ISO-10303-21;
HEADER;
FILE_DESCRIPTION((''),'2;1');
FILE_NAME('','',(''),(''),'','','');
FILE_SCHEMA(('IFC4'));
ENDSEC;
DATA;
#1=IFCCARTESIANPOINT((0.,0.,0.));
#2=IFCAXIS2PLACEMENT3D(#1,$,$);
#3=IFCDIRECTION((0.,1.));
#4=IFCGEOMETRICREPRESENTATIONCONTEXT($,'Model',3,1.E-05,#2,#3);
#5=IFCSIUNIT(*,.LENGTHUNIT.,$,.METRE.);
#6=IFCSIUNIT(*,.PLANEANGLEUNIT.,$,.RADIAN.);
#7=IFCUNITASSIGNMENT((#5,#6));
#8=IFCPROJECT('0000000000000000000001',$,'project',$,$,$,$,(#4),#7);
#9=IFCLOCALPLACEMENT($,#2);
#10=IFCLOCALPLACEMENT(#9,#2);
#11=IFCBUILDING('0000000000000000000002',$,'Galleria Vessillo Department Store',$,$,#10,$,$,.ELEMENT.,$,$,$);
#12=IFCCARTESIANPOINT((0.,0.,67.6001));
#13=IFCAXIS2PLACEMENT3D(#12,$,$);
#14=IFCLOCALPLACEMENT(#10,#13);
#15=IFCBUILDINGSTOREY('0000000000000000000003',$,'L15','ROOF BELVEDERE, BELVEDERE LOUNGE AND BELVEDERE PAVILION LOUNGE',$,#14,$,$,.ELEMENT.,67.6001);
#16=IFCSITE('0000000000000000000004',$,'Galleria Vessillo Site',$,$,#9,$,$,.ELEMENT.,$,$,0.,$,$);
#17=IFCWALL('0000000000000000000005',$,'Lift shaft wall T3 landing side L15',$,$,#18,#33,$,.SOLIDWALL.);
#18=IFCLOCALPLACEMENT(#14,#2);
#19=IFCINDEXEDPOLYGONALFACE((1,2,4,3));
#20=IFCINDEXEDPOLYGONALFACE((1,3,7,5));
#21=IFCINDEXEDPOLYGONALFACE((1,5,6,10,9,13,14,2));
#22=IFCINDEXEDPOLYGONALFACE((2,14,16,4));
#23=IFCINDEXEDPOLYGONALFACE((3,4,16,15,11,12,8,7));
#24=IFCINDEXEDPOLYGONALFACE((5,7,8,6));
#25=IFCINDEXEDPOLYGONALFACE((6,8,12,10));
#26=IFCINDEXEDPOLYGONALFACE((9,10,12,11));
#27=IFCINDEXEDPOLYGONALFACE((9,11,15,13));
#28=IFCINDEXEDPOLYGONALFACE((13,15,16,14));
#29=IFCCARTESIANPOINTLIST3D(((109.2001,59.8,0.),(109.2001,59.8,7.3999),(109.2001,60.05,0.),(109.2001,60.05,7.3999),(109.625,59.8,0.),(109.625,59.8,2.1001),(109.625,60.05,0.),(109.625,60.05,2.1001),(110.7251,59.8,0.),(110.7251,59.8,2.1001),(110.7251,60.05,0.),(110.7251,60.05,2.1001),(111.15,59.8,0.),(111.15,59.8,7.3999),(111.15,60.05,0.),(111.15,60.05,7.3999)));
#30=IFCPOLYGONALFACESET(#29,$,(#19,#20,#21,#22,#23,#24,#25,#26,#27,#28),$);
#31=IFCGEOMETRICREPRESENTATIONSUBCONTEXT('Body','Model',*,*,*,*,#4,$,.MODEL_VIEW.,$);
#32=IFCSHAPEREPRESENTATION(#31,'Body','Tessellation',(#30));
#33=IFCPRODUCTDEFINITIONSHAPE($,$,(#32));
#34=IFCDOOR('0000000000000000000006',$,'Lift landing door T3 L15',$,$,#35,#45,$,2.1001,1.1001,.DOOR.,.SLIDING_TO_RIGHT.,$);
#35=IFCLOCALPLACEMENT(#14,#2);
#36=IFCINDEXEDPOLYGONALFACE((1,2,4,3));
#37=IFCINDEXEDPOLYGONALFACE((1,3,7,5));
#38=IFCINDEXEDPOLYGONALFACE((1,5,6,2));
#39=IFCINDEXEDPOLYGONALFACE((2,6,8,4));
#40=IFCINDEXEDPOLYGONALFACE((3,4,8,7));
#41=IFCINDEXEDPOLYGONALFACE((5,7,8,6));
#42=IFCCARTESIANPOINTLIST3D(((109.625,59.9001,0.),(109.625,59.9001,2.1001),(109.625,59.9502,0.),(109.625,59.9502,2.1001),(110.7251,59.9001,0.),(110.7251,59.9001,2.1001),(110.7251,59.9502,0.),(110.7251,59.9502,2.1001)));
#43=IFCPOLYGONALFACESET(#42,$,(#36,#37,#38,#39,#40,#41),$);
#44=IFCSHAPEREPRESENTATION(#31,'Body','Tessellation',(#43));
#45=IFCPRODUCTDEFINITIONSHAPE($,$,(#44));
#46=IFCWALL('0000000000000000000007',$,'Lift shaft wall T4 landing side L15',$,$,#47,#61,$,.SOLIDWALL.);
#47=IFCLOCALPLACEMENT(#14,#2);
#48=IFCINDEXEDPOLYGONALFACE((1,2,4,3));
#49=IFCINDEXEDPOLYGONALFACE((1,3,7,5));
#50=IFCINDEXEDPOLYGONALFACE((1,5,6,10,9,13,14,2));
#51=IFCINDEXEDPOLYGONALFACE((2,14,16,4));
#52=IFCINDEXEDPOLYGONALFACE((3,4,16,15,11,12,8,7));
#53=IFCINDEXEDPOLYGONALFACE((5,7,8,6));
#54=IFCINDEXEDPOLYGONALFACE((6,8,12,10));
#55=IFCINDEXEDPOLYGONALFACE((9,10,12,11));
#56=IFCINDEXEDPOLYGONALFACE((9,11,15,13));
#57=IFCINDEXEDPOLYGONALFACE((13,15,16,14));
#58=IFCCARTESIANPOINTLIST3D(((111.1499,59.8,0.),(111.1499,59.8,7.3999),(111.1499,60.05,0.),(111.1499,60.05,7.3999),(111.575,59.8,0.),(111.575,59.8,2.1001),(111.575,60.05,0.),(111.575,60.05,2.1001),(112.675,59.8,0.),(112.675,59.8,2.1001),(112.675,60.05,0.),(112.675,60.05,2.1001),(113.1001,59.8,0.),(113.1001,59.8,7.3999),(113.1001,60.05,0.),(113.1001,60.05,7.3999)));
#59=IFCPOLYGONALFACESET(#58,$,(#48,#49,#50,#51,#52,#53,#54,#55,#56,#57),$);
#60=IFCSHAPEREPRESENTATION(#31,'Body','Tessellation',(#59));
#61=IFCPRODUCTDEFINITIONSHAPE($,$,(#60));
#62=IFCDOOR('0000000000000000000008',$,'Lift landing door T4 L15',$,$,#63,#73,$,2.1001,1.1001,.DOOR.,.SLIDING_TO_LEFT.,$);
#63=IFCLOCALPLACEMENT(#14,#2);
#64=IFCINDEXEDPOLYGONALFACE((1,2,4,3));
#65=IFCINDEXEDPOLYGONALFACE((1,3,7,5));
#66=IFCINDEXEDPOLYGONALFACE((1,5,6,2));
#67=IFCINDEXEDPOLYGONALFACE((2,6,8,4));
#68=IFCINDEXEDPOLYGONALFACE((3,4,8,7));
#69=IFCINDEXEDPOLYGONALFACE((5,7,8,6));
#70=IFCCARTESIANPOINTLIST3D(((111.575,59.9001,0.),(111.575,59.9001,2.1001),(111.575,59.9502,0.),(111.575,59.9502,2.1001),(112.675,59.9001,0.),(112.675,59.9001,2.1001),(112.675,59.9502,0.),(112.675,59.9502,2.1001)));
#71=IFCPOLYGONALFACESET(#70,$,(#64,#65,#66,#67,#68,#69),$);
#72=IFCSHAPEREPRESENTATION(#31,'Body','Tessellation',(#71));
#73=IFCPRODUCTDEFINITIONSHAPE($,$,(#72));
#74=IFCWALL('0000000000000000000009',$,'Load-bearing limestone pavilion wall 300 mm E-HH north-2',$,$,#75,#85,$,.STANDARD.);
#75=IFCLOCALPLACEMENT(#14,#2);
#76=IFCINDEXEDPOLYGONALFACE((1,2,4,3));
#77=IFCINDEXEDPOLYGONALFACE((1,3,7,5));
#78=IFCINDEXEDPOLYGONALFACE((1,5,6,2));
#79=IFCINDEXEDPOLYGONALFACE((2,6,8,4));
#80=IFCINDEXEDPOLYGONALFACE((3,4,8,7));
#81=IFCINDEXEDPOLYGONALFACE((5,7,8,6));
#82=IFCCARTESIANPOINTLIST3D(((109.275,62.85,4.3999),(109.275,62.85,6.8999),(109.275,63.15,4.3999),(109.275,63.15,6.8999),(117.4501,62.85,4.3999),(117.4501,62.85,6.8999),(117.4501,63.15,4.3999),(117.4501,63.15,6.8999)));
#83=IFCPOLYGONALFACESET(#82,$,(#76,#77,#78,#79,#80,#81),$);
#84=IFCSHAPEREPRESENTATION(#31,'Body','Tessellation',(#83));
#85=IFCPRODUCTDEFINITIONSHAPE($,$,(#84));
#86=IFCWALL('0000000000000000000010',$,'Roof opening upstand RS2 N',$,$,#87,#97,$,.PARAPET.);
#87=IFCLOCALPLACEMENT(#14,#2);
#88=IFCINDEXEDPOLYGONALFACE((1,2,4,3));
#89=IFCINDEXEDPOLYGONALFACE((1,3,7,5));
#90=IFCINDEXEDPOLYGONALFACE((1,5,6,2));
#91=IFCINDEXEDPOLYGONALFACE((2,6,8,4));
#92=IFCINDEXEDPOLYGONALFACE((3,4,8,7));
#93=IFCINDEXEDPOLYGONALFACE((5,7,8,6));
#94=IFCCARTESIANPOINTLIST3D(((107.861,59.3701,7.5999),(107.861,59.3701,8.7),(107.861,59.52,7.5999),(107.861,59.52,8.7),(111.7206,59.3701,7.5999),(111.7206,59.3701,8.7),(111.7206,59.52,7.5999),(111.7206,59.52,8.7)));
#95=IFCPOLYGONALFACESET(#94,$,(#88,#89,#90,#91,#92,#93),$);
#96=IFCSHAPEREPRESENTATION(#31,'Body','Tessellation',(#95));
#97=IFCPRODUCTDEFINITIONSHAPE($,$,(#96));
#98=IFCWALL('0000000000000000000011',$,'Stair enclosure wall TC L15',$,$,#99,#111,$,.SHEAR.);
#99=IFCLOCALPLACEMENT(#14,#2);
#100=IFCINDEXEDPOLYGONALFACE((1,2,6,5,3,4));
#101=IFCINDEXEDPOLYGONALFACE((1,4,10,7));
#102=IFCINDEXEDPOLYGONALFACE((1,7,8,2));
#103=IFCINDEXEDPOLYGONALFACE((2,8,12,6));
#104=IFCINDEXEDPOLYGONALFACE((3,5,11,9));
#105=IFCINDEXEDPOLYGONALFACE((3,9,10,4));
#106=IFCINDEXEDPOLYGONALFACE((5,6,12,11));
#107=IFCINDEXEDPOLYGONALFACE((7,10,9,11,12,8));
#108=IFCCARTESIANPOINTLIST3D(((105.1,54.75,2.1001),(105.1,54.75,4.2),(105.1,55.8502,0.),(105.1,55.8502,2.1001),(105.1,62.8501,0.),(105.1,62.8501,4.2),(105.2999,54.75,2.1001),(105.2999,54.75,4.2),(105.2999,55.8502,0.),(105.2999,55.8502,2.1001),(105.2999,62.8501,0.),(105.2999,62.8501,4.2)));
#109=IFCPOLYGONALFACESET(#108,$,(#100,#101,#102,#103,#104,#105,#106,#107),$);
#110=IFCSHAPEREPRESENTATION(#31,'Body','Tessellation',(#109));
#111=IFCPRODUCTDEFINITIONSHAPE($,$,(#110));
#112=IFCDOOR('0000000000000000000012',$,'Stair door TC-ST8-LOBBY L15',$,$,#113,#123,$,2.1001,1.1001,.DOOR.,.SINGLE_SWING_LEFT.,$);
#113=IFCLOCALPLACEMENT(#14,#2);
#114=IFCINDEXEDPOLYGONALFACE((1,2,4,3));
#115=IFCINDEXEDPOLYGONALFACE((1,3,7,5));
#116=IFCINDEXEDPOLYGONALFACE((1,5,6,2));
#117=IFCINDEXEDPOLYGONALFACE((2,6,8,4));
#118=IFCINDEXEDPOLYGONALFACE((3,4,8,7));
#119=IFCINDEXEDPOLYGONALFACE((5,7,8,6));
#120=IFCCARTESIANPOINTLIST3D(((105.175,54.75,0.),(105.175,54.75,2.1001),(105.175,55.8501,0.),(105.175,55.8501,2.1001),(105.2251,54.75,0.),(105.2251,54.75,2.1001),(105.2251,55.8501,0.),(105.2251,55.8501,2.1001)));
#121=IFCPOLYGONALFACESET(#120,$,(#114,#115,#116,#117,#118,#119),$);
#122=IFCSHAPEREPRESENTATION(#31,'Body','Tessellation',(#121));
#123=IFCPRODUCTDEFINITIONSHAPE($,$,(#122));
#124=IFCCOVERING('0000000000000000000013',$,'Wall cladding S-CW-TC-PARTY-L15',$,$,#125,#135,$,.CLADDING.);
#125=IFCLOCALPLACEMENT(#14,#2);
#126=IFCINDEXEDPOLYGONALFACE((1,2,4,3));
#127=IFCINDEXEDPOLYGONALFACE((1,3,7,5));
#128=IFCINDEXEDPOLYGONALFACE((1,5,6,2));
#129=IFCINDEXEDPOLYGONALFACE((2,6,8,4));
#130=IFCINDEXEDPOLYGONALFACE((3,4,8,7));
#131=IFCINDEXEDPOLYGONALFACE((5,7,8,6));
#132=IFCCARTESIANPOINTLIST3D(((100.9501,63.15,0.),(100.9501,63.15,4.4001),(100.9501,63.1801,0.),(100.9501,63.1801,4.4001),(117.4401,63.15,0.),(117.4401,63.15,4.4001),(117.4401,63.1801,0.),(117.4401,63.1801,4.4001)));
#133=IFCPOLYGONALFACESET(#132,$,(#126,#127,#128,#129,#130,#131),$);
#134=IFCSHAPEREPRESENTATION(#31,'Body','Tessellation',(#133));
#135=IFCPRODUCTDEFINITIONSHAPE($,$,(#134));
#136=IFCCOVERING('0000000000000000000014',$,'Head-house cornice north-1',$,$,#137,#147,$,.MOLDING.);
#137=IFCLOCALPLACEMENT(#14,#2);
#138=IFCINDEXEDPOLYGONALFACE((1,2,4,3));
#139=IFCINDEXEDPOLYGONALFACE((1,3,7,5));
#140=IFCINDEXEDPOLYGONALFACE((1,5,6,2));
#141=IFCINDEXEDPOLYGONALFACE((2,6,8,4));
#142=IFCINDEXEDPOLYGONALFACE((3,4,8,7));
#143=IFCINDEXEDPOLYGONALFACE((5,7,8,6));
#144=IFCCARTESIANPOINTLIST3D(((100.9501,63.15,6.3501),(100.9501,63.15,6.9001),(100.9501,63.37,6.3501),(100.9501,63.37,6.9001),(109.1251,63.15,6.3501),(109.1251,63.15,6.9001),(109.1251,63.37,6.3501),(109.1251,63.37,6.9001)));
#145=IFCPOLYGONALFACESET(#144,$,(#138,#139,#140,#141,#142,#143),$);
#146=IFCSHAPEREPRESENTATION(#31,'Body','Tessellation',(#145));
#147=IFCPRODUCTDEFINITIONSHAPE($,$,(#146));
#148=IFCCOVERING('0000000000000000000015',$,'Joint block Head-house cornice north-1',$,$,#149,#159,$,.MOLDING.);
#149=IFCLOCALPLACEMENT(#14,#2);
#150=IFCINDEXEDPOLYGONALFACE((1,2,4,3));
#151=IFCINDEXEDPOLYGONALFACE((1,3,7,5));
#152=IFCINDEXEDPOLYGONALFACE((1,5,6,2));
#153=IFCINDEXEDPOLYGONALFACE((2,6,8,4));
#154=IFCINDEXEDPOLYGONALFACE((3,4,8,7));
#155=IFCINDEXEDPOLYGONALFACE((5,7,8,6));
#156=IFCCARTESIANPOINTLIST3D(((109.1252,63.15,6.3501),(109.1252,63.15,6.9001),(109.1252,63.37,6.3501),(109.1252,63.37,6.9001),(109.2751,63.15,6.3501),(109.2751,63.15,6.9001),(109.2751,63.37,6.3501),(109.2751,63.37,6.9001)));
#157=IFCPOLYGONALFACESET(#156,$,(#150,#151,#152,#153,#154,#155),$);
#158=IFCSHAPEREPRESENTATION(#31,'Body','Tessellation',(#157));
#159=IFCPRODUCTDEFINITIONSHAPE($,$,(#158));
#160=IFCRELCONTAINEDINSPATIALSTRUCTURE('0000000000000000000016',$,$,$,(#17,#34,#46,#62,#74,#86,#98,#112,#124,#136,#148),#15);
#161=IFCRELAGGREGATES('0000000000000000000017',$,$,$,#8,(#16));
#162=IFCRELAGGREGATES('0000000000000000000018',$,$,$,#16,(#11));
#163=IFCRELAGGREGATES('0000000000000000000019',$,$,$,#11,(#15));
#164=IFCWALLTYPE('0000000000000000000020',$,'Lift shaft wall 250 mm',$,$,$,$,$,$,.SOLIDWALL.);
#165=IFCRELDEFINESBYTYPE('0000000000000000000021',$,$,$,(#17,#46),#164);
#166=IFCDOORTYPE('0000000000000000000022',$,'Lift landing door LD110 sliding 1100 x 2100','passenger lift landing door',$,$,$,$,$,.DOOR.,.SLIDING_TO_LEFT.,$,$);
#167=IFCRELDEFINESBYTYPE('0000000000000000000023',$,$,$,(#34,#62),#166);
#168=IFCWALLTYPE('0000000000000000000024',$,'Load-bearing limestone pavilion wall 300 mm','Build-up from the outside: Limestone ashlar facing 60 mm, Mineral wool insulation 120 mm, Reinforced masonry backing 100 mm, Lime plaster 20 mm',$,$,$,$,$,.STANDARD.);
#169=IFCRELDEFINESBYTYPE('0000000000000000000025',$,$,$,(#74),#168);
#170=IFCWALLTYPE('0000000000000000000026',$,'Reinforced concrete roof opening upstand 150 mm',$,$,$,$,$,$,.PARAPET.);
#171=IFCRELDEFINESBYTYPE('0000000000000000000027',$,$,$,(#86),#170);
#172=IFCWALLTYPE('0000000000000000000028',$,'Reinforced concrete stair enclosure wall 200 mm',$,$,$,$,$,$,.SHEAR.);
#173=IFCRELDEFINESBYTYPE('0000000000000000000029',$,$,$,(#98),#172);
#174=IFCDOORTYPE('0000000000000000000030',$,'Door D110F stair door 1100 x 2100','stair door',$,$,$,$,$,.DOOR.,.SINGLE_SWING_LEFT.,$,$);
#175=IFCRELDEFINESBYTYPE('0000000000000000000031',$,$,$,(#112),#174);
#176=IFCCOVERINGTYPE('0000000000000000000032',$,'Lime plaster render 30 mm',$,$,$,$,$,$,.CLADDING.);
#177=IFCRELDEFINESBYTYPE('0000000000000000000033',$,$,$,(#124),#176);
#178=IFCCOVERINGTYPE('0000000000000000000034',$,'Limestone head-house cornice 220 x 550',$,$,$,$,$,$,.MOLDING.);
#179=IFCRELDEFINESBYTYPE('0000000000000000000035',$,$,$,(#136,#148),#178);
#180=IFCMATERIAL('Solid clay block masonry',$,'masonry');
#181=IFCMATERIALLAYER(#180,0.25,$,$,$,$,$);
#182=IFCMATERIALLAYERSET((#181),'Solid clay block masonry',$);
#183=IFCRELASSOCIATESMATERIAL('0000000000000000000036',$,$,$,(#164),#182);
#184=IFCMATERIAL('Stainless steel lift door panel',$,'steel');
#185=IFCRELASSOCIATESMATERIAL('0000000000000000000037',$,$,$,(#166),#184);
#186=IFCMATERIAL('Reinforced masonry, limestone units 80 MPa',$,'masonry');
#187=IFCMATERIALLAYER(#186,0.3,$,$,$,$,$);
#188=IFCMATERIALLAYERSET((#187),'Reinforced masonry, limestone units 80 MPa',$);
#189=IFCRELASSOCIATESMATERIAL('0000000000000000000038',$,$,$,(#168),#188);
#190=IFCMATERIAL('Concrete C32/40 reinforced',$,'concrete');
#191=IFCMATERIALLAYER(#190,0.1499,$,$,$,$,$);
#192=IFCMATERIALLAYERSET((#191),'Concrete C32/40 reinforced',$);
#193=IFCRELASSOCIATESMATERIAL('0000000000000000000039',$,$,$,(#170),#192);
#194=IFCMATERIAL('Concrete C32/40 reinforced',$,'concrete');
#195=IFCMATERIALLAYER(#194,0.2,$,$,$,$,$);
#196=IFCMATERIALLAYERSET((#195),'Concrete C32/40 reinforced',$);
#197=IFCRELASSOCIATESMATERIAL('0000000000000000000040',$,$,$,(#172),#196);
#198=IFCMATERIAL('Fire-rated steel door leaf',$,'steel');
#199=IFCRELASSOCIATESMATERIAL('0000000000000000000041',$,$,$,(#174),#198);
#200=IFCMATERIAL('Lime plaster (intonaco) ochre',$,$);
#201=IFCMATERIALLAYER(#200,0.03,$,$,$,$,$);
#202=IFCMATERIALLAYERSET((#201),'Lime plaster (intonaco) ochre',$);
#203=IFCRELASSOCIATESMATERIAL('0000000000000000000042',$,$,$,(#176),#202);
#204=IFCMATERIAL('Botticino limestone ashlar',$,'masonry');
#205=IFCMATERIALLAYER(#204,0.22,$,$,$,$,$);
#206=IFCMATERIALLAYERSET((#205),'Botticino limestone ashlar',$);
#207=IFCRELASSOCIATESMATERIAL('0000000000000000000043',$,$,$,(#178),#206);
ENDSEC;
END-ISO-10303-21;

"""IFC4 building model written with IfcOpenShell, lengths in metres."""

from ifc_helpers import new_model, si_unit, direction, frame, frame_2d, origin, origin_2d, place, context, subcontext, project, spatial, rectangle, extrude, material, layer, layer_set, type_object, element, fill, save


model = new_model("IFC4")

# Units and contexts
model_context = context("Model", 3, precision=1e-05, world=origin(), true_north=direction((0.0, 1.0)))
body_context = subcontext(model_context, "Body", "Model", "MODEL_VIEW")
ifc_project = project(units=[si_unit("LENGTHUNIT", "METRE"), si_unit("PLANEANGLEUNIT", "RADIAN")], contexts=[model_context])

# Site, building, storey
site_placement = place(None, origin())
site = spatial("IfcSite", under=ifc_project, at=site_placement, Name="Galleria Vessillo Site", CompositionType="ELEMENT", RefElevation=0.0)
building_placement = place(site_placement, origin())
building = spatial("IfcBuilding", under=site, at=building_placement, Name="Galleria Vessillo Department Store", CompositionType="ELEMENT")
storey_placement = place(building_placement, frame((0.0, 0.0, 67.6001)))
storey = spatial("IfcBuildingStorey", under=building, at=storey_placement, Name="L15", Description="ROOF BELVEDERE, BELVEDERE LOUNGE AND BELVEDERE PAVILION LOUNGE", CompositionType="ELEMENT", Elevation=67.6001)

# Walls, openings, doors
ifc_material_1 = material(Name="Solid clay block masonry", Category="masonry")
ifc_layer_1 = layer(ifc_material_1, 0.25)
ifc_layer_set_1 = layer_set([ifc_layer_1], Name="Solid clay block masonry")
wall_type_1 = type_object("IfcWallType", Name="Lift shaft wall 250 mm", PredefinedType="SOLIDWALL", material=ifc_layer_set_1)
ifc_material_2 = material(Name="Stainless steel lift door panel", Category="steel")
door_type_1 = type_object("IfcDoorType", Name="Lift landing door LD110 sliding 1100 x 2100", Description="passenger lift landing door", OperationType="SLIDING_TO_LEFT", PredefinedType="DOOR", material=ifc_material_2)
wall_1_placement = place(storey_placement, frame((109.2, 59.925, 0.0), z_axis=(0.0, 0.0, 1.0), x_axis=(1.0, 0.0, 0.0)))
wall_1 = element("IfcWall", 1, at=wall_1_placement, inside=storey, type_object=wall_type_1, Name="Lift shaft wall T3 landing side L15", PredefinedType="SOLIDWALL", context=body_context, shape_type="SweptSolid", body=[
    extrude(rectangle(XDim=1.95, YDim=0.25, at=frame_2d((0.9751, 0.0))), origin(), (0.0, 0.0, 1.0), 7.3999),
])
opening_1_placement = place(wall_1_placement, frame((0.425, 0.0, 0.0)))
opening_1 = element("IfcOpeningElement", 2, at=opening_1_placement, cuts=wall_1, PredefinedType="OPENING", context=body_context, shape_type="SweptSolid", body=[
    extrude(rectangle(XDim=1.1001, YDim=2.1001, at=frame_2d((0.55, 1.05))), frame((0.0, 0.135, 0.0), z_axis=(0.0, -1.0, 0.0), x_axis=(1.0, 0.0, 0.0)), (0.0, 0.0, 1.0), 0.27),
])
door_1_placement = place(opening_1_placement, frame((1.1001, 0.0, 0.0), z_axis=(0.0, 0.0, 1.0), x_axis=(-1.0, 0.0, 0.0)))
door_1 = element("IfcDoor", 3, at=door_1_placement, inside=storey, type_object=door_type_1, Name="Lift landing door T3 L15", OperationType="SLIDING_TO_RIGHT", OverallHeight=2.1001, OverallWidth=1.1001, PredefinedType="DOOR", context=body_context, shape_type="SweptSolid", body=[
    extrude(rectangle(XDim=1.1001, YDim=2.1001, at=frame_2d((0.55, 1.05))), frame((0.0, 0.0249, 0.0), z_axis=(0.0, -1.0, 0.0), x_axis=(1.0, 0.0, 0.0)), (0.0, 0.0, 1.0), 0.05),
])
fill(opening_1, door_1)
wall_2_placement = place(storey_placement, frame((111.1499, 59.925, 0.0), z_axis=(0.0, 0.0, 1.0), x_axis=(1.0, 0.0, 0.0)))
wall_2 = element("IfcWall", 4, at=wall_2_placement, inside=storey, type_object=wall_type_1, Name="Lift shaft wall T4 landing side L15", PredefinedType="SOLIDWALL", context=body_context, shape_type="SweptSolid", body=[
    extrude(rectangle(XDim=1.9502, YDim=0.25, at=frame_2d((0.9751, 0.0))), origin(), (0.0, 0.0, 1.0), 7.3999),
])
opening_2_placement = place(wall_2_placement, frame((0.425, 0.0, 0.0)))
opening_2 = element("IfcOpeningElement", 5, at=opening_2_placement, cuts=wall_2, PredefinedType="OPENING", context=body_context, shape_type="SweptSolid", body=[
    extrude(rectangle(XDim=1.1001, YDim=2.1001, at=frame_2d((0.55, 1.05))), frame((0.0, 0.135, 0.0), z_axis=(0.0, -1.0, 0.0), x_axis=(1.0, 0.0, 0.0)), (0.0, 0.0, 1.0), 0.27),
])
door_2_placement = place(opening_2_placement, frame((1.1001, 0.0, 0.0), z_axis=(0.0, 0.0, 1.0), x_axis=(-1.0, 0.0, 0.0)))
door_2 = element("IfcDoor", 6, at=door_2_placement, inside=storey, type_object=door_type_1, Name="Lift landing door T4 L15", OperationType="SLIDING_TO_LEFT", OverallHeight=2.1001, OverallWidth=1.1001, PredefinedType="DOOR", context=body_context, shape_type="SweptSolid", body=[
    extrude(rectangle(XDim=1.1001, YDim=2.1001, at=frame_2d((0.55, 1.05))), frame((0.0, 0.0249, 0.0), z_axis=(0.0, -1.0, 0.0), x_axis=(1.0, 0.0, 0.0)), (0.0, 0.0, 1.0), 0.05),
])
fill(opening_2, door_2)

# Walls
ifc_material_3 = material(Name="Reinforced masonry, limestone units 80 MPa", Category="masonry")
ifc_layer_2 = layer(ifc_material_3, 0.3)
ifc_layer_set_2 = layer_set([ifc_layer_2], Name="Reinforced masonry, limestone units 80 MPa")
wall_type_2 = type_object("IfcWallType", Name="Load-bearing limestone pavilion wall 300 mm", Description="Build-up from the outside: Limestone ashlar facing 60 mm, Mineral wool insulation 120 mm, Reinforced masonry backing 100 mm, Lime plaster 20 mm", PredefinedType="STANDARD", material=ifc_layer_set_2)
wall_3_placement = place(storey_placement, frame((109.2751, 63.0, 4.3999), z_axis=(0.0, 0.0, 1.0), x_axis=(1.0, 0.0, 0.0)))
element("IfcWall", 7, at=wall_3_placement, inside=storey, type_object=wall_type_2, Name="Load-bearing limestone pavilion wall 300 mm E-HH north-2", PredefinedType="STANDARD", context=body_context, shape_type="SweptSolid", body=[
    extrude(rectangle(XDim=8.175, YDim=0.3, at=frame_2d((4.0874, 0.0))), origin(), (0.0, 0.0, 1.0), 2.5),
])
ifc_material_4 = material(Name="Concrete C32/40 reinforced", Category="concrete")
ifc_layer_3 = layer(ifc_material_4, 0.1499)
ifc_layer_set_3 = layer_set([ifc_layer_3], Name="Concrete C32/40 reinforced")
wall_type_3 = type_object("IfcWallType", Name="Reinforced concrete roof opening upstand 150 mm", PredefinedType="PARAPET", material=ifc_layer_set_3)
wall_4_placement = place(storey_placement, frame((111.7205, 59.4451, 7.5999), z_axis=(0.0, 0.0, 1.0), x_axis=(-1.0, 0.0, 0.0)))
element("IfcWall", 8, at=wall_4_placement, inside=storey, type_object=wall_type_3, Name="Roof opening upstand RS2 N", PredefinedType="PARAPET", context=body_context, shape_type="SweptSolid", body=[
    extrude(rectangle(XDim=3.8596, YDim=0.1499, at=frame_2d((1.9297, 0.0))), origin(), (0.0, 0.0, 1.0), 1.1001),
])

# Wall, opening, door
ifc_material_5 = material(Name="Concrete C32/40 reinforced", Category="concrete")
ifc_layer_4 = layer(ifc_material_5, 0.2)
ifc_layer_set_4 = layer_set([ifc_layer_4], Name="Concrete C32/40 reinforced")
wall_type_4 = type_object("IfcWallType", Name="Reinforced concrete stair enclosure wall 200 mm", PredefinedType="SHEAR", material=ifc_layer_set_4)
wall_5_placement = place(storey_placement, frame((105.2, 62.8501, 0.0), z_axis=(0.0, 0.0, 1.0), x_axis=(0.0, -1.0, 0.0)))
wall_5 = element("IfcWall", 9, at=wall_5_placement, inside=storey, type_object=wall_type_4, Name="Stair enclosure wall TC L15", PredefinedType="SHEAR", context=body_context, shape_type="SweptSolid", body=[
    extrude(rectangle(XDim=8.1001, YDim=0.2, at=frame_2d((4.05, 0.0))), origin(), (0.0, 0.0, 1.0), 4.2),
])
opening_3_placement = place(wall_5_placement, frame((7.0, 0.0, 0.0)))
opening_3 = element("IfcOpeningElement", 10, at=opening_3_placement, cuts=wall_5, PredefinedType="OPENING", context=body_context, shape_type="SweptSolid", body=[
    extrude(rectangle(XDim=1.1101, YDim=2.1001, at=frame_2d((0.5549, 1.05))), frame((0.0, 0.1099, 0.0), z_axis=(0.0, -1.0, 0.0), x_axis=(1.0, 0.0, 0.0)), (0.0, 0.0, 1.0), 0.22),
])
ifc_material_6 = material(Name="Fire-rated steel door leaf", Category="steel")
door_type_2 = type_object("IfcDoorType", Name="Door D110F stair door 1100 x 2100", Description="stair door", OperationType="SINGLE_SWING_LEFT", PredefinedType="DOOR", material=ifc_material_6)
door_3_placement = place(opening_3_placement, frame((1.1001, 0.0, 0.0), z_axis=(0.0, 0.0, 1.0), x_axis=(-1.0, 0.0, 0.0)))
door_3 = element("IfcDoor", 11, at=door_3_placement, inside=storey, type_object=door_type_2, Name="Stair door TC-ST8-LOBBY L15", OperationType="SINGLE_SWING_LEFT", OverallHeight=2.1001, OverallWidth=1.1001, PredefinedType="DOOR", context=body_context, shape_type="SweptSolid", body=[
    extrude(rectangle(XDim=1.1001, YDim=2.1001, at=frame_2d((0.55, 1.05))), frame((0.0, 0.0249, 0.0), z_axis=(0.0, -1.0, 0.0), x_axis=(1.0, 0.0, 0.0)), (0.0, 0.0, 1.0), 0.05),
])
fill(opening_3, door_3)

# Coverings
ifc_material_7 = material(Name="Lime plaster (intonaco) ochre")
ifc_layer_5 = layer(ifc_material_7, 0.03)
ifc_layer_set_5 = layer_set([ifc_layer_5], Name="Lime plaster (intonaco) ochre")
covering_type_1 = type_object("IfcCoveringType", Name="Lime plaster render 30 mm", PredefinedType="CLADDING", material=ifc_layer_set_5)
covering_1_placement = place(storey_placement, frame((109.1951, 63.165, 0.0), z_axis=(0.0, 0.0, 1.0), x_axis=(1.0, 0.0, 0.0)))
element("IfcCovering", 12, at=covering_1_placement, inside=storey, type_object=covering_type_1, Name="Wall cladding S-CW-TC-PARTY-L15", PredefinedType="CLADDING", context=body_context, shape_type="SweptSolid", body=[
    extrude(rectangle(XDim=16.49, YDim=0.03, at=origin_2d()), origin(), (0.0, 0.0, 1.0), 4.4001),
])
ifc_material_8 = material(Name="Botticino limestone ashlar", Category="masonry")
ifc_layer_6 = layer(ifc_material_8, 0.22)
ifc_layer_set_6 = layer_set([ifc_layer_6], Name="Botticino limestone ashlar")
covering_type_2 = type_object("IfcCoveringType", Name="Limestone head-house cornice 220 x 550", PredefinedType="MOLDING", material=ifc_layer_set_6)
covering_2_placement = place(storey_placement, frame((105.0376, 63.26, 6.3501), z_axis=(0.0, 0.0, 1.0), x_axis=(1.0, 0.0, 0.0)))
element("IfcCovering", 13, at=covering_2_placement, inside=storey, type_object=covering_type_2, Name="Head-house cornice north-1", PredefinedType="MOLDING", context=body_context, shape_type="SweptSolid", body=[
    extrude(rectangle(XDim=8.175, YDim=0.22, at=origin_2d()), origin(), (0.0, 0.0, 1.0), 0.55),
])
covering_3_placement = place(storey_placement, frame((109.2002, 63.26, 6.3501), z_axis=(0.0, 0.0, 1.0), x_axis=(1.0, 0.0, 0.0)))
element("IfcCovering", 14, at=covering_3_placement, inside=storey, type_object=covering_type_2, Name="Joint block Head-house cornice north-1", PredefinedType="MOLDING", context=body_context, shape_type="SweptSolid", body=[
    extrude(rectangle(XDim=0.1499, YDim=0.22, at=origin_2d()), origin(), (0.0, 0.0, 1.0), 0.55),
])

save(model, "model.ifc")
